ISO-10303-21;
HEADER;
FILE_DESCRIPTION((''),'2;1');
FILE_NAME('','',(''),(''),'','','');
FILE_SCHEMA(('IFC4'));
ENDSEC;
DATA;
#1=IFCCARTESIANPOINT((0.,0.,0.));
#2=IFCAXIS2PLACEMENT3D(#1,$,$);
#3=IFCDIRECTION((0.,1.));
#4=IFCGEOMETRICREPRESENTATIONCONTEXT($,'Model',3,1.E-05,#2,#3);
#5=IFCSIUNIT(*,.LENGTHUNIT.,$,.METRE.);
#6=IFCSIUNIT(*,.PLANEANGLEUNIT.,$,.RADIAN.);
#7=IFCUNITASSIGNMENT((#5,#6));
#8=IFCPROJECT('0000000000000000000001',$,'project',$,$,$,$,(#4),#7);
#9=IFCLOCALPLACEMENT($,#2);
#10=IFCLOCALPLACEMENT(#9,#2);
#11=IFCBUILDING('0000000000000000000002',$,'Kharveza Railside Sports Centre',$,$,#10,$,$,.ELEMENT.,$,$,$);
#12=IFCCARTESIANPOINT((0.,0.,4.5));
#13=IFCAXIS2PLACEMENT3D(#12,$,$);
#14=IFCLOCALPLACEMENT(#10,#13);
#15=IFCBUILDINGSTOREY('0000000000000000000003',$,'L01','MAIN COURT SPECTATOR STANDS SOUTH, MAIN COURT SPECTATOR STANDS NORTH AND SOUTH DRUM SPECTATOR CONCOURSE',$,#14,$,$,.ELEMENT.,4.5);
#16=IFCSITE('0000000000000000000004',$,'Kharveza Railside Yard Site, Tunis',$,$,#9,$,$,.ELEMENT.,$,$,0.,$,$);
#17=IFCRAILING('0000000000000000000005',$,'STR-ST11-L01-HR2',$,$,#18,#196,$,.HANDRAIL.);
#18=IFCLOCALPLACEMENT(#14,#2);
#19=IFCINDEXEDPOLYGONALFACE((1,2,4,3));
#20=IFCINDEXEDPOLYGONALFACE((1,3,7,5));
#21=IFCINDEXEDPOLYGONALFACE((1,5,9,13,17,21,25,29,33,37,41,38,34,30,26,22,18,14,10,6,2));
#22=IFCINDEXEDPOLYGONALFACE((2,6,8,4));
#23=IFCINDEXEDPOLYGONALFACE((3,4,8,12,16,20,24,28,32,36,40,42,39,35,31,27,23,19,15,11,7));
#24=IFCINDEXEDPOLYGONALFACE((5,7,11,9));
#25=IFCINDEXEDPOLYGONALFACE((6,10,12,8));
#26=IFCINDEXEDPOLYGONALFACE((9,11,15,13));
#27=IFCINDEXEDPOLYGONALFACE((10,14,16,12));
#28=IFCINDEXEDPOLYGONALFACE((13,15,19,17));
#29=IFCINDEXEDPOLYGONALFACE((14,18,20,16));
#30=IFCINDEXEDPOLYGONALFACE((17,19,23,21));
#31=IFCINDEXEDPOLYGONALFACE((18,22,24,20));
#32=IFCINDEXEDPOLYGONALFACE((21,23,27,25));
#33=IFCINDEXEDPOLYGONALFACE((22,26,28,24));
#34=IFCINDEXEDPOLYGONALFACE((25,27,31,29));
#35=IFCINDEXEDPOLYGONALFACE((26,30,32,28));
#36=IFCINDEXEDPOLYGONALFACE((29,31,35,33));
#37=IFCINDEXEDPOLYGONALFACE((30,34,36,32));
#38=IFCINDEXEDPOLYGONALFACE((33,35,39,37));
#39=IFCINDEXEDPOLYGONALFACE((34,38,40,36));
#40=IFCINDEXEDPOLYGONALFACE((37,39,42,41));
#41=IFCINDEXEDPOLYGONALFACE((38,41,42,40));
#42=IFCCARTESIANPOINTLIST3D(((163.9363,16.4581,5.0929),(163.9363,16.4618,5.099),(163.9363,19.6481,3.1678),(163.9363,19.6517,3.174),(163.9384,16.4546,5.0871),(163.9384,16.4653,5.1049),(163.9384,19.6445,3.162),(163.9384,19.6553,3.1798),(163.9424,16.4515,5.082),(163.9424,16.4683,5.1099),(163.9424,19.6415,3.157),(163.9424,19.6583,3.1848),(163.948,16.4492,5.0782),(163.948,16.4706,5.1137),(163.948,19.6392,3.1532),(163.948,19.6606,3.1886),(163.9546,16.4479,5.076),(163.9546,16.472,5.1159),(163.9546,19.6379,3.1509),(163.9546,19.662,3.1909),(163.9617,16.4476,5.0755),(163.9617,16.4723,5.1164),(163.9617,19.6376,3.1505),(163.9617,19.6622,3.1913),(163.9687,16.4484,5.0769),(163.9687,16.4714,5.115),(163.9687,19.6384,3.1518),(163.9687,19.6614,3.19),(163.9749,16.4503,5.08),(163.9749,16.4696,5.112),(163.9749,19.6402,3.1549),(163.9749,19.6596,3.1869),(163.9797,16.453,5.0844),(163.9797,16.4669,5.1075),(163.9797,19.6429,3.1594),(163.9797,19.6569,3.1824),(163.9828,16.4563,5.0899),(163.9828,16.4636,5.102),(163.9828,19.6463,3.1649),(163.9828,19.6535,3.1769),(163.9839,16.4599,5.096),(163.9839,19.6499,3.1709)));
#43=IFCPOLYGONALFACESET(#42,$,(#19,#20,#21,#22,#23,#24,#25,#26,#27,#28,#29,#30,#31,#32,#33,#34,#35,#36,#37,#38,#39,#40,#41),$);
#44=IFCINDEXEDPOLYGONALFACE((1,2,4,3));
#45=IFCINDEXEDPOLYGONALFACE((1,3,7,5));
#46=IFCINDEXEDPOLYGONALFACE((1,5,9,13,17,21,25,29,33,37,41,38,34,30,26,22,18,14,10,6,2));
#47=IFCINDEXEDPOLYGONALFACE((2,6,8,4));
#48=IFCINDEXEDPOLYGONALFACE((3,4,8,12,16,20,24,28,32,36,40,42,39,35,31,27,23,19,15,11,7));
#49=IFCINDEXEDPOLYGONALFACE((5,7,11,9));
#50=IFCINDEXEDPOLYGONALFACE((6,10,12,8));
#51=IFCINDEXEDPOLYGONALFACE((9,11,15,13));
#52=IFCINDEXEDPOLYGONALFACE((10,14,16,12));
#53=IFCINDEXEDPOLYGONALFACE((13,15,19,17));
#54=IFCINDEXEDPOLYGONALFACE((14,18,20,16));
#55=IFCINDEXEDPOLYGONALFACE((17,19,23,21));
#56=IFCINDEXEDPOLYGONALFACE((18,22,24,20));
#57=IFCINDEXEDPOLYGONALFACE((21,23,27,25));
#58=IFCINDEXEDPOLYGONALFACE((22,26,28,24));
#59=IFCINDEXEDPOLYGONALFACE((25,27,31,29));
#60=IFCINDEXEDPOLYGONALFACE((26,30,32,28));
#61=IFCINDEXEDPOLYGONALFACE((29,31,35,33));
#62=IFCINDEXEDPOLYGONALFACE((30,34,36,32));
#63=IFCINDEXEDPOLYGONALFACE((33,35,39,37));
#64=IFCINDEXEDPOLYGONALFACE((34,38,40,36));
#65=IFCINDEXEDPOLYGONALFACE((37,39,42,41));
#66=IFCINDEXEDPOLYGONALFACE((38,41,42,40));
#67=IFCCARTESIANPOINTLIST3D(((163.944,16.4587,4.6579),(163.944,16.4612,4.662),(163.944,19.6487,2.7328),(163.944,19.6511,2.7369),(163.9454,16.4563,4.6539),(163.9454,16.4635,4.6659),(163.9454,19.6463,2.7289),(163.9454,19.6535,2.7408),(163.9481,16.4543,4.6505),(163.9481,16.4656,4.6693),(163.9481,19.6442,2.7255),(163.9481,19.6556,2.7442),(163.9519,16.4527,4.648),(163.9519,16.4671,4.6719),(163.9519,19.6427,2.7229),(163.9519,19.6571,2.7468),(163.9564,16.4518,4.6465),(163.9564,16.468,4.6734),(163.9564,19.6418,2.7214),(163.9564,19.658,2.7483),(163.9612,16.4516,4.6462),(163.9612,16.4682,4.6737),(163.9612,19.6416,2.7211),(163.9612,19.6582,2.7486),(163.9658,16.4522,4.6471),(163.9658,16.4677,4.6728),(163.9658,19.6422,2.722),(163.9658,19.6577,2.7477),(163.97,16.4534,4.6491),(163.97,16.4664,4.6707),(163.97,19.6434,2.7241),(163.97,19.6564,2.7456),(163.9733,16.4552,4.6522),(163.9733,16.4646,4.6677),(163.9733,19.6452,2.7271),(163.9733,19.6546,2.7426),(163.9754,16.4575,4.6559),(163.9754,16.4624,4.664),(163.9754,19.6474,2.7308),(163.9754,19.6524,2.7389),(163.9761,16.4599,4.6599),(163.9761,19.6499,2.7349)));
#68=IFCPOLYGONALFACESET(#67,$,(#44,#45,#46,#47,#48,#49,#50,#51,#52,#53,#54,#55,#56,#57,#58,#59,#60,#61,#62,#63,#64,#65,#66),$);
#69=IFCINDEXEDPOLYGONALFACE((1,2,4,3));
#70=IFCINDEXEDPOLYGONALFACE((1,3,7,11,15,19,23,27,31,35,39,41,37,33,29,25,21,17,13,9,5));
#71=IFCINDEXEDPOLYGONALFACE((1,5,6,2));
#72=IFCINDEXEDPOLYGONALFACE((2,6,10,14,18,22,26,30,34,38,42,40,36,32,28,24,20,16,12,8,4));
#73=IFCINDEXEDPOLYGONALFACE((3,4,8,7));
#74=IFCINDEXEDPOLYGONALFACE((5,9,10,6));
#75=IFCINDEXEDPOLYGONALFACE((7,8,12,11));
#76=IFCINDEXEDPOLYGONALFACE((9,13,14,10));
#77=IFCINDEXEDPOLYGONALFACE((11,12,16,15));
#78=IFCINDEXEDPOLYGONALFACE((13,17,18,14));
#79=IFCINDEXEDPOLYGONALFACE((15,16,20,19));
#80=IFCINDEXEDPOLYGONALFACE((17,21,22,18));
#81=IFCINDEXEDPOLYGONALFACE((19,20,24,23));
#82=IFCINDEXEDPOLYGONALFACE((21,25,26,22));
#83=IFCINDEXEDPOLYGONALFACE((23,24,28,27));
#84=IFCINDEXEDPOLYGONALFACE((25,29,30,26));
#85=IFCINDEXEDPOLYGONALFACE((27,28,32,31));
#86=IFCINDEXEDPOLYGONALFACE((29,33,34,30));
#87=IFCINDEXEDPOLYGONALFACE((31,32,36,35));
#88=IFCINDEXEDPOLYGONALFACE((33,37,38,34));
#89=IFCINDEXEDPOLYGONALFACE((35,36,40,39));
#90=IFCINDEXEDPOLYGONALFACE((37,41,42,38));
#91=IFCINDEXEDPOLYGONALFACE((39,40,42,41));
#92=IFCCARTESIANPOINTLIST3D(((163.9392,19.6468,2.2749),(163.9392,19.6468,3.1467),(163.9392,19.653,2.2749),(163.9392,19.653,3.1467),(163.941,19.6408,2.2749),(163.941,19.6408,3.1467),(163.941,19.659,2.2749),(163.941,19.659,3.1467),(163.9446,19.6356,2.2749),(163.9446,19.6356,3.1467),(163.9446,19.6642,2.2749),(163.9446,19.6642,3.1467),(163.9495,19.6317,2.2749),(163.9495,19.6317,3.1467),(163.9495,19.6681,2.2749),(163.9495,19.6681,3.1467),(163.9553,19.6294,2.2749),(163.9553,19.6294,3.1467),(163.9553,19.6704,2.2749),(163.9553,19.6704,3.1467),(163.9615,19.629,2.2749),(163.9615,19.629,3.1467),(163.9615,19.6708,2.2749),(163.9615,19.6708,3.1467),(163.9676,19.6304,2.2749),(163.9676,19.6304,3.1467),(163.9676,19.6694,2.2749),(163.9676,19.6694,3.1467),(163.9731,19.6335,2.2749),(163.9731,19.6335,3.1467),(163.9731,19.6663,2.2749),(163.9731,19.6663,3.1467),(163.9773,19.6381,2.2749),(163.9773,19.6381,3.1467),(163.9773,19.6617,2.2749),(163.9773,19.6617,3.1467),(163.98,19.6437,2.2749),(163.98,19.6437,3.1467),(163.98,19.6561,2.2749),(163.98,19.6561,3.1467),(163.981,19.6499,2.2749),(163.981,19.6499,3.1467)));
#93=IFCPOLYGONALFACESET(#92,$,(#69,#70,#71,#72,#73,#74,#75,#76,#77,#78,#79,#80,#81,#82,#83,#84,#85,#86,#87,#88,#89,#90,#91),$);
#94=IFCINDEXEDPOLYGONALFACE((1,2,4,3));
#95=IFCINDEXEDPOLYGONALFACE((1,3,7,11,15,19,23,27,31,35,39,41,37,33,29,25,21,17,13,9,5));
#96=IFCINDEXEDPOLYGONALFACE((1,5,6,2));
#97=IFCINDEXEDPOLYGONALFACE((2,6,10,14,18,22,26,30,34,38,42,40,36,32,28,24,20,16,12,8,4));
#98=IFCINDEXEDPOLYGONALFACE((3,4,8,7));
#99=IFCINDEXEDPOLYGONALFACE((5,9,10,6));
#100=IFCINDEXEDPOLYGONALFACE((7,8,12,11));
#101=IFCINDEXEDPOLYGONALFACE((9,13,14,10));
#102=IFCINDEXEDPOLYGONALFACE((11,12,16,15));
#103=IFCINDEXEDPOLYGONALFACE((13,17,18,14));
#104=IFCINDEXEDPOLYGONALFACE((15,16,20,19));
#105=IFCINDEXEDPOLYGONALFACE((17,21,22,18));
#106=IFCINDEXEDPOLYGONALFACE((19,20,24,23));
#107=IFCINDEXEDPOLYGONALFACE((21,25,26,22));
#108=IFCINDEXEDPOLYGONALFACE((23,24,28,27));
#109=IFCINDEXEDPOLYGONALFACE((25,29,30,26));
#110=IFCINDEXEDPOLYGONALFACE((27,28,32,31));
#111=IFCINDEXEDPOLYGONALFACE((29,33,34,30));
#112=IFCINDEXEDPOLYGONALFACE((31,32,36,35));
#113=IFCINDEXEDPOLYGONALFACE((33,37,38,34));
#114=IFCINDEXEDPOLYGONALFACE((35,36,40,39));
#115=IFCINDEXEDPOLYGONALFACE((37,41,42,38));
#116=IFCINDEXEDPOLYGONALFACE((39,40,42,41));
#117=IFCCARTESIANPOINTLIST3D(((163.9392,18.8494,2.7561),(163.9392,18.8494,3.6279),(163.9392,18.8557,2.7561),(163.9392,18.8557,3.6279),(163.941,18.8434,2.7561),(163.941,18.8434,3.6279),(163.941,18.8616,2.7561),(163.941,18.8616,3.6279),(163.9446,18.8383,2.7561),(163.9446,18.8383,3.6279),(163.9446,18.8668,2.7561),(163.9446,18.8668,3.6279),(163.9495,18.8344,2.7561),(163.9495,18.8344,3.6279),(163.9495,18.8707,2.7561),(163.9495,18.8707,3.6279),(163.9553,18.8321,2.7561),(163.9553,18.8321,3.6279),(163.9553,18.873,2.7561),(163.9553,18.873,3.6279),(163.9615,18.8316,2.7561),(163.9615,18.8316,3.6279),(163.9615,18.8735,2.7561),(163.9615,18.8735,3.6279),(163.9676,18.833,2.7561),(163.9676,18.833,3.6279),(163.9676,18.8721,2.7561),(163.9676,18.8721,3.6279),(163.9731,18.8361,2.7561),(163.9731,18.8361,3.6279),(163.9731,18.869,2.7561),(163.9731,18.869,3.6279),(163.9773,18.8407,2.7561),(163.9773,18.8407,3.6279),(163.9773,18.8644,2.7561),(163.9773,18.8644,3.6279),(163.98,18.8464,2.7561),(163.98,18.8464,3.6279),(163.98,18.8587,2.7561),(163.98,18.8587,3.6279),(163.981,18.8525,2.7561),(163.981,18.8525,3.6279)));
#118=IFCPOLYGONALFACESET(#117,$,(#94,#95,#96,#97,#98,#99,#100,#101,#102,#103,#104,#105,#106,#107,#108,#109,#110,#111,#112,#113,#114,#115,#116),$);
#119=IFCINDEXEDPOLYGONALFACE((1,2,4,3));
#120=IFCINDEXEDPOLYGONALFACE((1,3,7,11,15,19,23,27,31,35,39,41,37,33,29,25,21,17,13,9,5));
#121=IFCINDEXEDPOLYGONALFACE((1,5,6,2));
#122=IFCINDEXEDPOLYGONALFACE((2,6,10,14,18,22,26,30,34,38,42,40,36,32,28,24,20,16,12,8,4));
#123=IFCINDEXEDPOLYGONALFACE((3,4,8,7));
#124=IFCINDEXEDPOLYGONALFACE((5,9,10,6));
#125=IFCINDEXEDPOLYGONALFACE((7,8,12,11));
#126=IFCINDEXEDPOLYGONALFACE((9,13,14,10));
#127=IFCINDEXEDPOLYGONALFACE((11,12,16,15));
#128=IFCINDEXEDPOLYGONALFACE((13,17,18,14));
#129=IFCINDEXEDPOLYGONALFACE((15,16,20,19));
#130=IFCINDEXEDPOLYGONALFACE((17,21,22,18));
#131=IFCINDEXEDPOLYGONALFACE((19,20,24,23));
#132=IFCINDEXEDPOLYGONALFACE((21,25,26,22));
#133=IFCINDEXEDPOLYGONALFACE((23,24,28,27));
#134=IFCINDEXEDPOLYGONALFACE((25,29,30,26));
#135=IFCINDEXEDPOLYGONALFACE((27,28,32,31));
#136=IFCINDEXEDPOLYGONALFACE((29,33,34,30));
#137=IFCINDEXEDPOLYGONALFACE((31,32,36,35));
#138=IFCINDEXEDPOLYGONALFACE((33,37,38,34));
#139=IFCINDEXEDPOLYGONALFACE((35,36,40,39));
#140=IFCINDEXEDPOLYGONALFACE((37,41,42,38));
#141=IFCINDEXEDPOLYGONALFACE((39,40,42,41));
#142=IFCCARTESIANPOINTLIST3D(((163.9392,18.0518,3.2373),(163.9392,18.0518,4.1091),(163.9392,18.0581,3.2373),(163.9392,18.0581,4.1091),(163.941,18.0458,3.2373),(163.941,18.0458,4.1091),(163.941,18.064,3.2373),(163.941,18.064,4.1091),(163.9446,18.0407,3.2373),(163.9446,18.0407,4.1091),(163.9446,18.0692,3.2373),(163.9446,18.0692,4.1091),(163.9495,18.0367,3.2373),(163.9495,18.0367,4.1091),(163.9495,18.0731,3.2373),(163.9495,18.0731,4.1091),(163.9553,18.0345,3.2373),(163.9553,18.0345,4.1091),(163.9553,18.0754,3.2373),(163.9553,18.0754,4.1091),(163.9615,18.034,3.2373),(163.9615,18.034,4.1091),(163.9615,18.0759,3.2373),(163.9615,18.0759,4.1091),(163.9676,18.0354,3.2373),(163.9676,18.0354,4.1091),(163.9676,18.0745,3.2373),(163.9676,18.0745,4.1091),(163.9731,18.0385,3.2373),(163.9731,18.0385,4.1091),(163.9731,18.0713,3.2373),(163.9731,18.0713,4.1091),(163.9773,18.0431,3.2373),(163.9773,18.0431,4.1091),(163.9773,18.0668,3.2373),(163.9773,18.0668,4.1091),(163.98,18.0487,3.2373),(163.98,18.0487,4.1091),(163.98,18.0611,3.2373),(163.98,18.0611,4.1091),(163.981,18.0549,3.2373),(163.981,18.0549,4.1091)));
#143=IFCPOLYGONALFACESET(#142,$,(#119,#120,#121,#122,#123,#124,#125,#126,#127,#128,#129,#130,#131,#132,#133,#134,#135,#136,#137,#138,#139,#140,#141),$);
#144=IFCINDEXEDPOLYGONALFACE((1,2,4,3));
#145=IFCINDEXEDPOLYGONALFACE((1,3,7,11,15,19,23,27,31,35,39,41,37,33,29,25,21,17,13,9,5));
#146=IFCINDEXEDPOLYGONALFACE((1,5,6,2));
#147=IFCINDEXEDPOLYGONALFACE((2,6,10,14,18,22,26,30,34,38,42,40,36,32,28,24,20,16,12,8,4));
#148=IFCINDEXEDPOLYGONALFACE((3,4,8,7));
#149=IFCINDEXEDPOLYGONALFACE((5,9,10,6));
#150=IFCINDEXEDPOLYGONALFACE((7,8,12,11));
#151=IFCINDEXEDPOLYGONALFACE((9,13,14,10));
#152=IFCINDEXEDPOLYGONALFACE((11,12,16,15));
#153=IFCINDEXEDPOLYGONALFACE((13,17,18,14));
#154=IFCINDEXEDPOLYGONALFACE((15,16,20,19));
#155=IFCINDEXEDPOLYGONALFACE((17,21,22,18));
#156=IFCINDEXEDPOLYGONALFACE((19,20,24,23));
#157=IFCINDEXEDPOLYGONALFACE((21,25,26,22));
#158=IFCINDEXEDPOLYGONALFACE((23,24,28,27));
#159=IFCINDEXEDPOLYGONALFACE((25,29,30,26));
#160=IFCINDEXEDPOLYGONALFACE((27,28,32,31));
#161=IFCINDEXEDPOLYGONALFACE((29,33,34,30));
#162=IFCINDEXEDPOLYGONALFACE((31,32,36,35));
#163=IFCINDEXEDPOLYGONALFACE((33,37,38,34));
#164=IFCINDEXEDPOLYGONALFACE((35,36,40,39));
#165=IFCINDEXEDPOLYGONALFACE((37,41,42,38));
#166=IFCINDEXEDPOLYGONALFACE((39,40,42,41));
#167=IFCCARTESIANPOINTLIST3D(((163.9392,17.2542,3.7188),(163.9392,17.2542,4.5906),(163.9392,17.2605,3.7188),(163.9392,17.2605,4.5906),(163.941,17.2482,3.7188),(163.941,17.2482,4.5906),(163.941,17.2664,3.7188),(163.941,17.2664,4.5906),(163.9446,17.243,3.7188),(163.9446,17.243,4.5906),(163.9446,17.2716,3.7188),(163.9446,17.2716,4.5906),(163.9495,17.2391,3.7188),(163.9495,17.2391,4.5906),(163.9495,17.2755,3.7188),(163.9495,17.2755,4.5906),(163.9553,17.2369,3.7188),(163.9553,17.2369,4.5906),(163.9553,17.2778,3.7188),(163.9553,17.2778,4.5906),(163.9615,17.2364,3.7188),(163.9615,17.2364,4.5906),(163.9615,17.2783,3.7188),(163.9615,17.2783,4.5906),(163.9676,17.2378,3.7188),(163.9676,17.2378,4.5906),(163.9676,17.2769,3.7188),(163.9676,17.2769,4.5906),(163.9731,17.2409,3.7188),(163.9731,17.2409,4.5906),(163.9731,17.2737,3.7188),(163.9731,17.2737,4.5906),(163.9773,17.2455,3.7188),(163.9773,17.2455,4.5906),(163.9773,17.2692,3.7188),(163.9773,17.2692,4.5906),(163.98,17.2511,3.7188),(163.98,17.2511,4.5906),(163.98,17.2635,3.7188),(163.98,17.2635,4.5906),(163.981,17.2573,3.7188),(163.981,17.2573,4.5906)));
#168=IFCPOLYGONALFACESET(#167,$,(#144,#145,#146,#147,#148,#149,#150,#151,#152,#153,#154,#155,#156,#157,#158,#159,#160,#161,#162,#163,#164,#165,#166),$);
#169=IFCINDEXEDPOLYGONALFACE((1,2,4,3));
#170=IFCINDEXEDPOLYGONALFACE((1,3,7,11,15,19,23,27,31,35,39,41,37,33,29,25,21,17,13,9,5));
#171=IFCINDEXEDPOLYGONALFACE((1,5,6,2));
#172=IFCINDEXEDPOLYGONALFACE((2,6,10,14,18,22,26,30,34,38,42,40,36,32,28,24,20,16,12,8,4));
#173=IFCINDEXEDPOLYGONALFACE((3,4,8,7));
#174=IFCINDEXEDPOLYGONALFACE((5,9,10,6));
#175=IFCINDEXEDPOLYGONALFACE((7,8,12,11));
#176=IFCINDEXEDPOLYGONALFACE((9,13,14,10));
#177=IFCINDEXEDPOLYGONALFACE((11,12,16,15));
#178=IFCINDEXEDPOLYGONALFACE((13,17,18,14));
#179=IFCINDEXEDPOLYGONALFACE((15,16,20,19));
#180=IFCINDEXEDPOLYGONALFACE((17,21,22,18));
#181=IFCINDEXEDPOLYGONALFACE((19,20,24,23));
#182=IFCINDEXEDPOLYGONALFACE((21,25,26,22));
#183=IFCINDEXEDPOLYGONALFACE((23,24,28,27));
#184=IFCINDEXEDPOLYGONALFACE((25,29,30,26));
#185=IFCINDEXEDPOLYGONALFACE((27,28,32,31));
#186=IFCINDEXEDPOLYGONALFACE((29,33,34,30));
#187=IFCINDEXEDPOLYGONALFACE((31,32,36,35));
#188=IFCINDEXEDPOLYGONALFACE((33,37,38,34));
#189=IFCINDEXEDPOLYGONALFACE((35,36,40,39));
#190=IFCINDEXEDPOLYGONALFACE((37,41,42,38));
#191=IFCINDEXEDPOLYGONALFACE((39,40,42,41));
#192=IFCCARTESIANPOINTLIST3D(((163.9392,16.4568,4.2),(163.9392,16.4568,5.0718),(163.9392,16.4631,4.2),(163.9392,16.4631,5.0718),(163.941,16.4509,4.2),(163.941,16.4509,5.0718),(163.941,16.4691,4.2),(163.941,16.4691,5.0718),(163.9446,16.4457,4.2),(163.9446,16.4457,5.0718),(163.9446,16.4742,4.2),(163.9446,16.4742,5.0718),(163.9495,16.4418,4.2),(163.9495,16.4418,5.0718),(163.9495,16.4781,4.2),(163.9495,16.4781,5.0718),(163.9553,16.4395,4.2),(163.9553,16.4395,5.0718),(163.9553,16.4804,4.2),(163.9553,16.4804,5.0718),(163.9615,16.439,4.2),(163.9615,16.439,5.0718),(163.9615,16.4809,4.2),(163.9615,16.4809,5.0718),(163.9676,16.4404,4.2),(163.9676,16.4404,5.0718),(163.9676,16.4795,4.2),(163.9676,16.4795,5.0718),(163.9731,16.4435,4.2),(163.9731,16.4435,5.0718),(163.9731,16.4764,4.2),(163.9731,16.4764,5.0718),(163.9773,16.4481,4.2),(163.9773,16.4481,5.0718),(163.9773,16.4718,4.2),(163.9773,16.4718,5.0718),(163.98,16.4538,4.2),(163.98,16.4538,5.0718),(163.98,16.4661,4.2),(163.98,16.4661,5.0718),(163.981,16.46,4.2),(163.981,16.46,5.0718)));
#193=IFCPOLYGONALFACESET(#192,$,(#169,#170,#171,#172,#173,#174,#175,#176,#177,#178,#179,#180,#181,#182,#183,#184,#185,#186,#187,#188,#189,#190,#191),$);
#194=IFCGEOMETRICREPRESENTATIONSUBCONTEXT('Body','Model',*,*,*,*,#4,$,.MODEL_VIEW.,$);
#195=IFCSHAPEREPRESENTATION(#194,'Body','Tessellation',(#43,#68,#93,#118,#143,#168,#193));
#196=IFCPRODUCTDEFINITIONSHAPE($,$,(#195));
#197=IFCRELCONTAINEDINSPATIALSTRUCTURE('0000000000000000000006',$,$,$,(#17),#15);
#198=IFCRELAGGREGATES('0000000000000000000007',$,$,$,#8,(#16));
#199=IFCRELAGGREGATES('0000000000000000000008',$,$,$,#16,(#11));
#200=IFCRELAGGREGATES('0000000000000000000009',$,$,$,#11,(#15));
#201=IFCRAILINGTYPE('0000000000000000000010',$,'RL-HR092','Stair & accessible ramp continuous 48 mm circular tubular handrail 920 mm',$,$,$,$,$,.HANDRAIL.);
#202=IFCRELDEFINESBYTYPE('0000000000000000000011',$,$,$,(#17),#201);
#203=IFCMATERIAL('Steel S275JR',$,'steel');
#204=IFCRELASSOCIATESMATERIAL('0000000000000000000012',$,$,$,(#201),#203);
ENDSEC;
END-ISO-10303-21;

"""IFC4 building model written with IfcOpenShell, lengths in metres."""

from ifc_helpers import new_model, si_unit, direction, frame, origin, origin_2d, place, context, subcontext, project, spatial, circle, extrude, material, type_object, element, save


model = new_model("IFC4")

# Units and contexts
model_context = context("Model", 3, precision=1e-05, world=origin(), true_north=direction((0.0, 1.0)))
body_context = subcontext(model_context, "Body", "Model", "MODEL_VIEW")
ifc_project = project(units=[si_unit("LENGTHUNIT", "METRE"), si_unit("PLANEANGLEUNIT", "RADIAN")], contexts=[model_context])

# Site, building, storey
site_placement = place(None, origin())
site = spatial("IfcSite", under=ifc_project, at=site_placement, Name="Kharveza Railside Yard Site, Tunis", CompositionType="ELEMENT", RefElevation=0.0)
building_placement = place(site_placement, origin())
building = spatial("IfcBuilding", under=site, at=building_placement, Name="Kharveza Railside Sports Centre", CompositionType="ELEMENT")
storey_placement = place(building_placement, frame((0.0, 0.0, 4.5)))
storey = spatial("IfcBuildingStorey", under=building, at=storey_placement, Name="L01", Description="MAIN COURT SPECTATOR STANDS SOUTH, MAIN COURT SPECTATOR STANDS NORTH AND SOUTH DRUM SPECTATOR CONCOURSE", CompositionType="ELEMENT", Elevation=4.5)

# Railing
ifc_material_1 = material(Name="Steel S275JR", Category="steel")
railing_type_1 = type_object("IfcRailingType", Name="RL-HR092", Description="Stair & accessible ramp continuous 48 mm circular tubular handrail 920 mm", PredefinedType="HANDRAIL", material=ifc_material_1)
railing_1_placement = place(storey_placement, frame((163.96, 19.6499, 2.2749)))
element("IfcRailing", 1, at=railing_1_placement, inside=storey, type_object=railing_type_1, Name="STR-ST11-L01-HR2", PredefinedType="HANDRAIL", context=body_context, shape_type="SweptSolid", body=[
    extrude(circle(Radius=0.0239, at=origin_2d()), frame((0.0, 0.0, 0.896), z_axis=(0.0, -0.856178, 0.516682), x_axis=(1.0, 0.0, 0.0)), (0.0, 0.0, 1.0), 3.7258),
    extrude(circle(Radius=0.0161, at=origin_2d()), frame((0.0, 0.0, 0.46), z_axis=(0.0, -0.856178, 0.516682), x_axis=(1.0, 0.0, 0.0)), (0.0, 0.0, 1.0), 3.7258),
    extrude(circle(Radius=0.021, at=origin_2d()), origin(), (0.0, 0.0, 1.0), 0.8718),
    extrude(circle(Radius=0.021, at=origin_2d()), frame((0.0, -0.7974, 0.4812)), (0.0, 0.0, 1.0), 0.8718),
    extrude(circle(Radius=0.021, at=origin_2d()), frame((0.0, -1.595, 0.9624)), (0.0, 0.0, 1.0), 0.8718),
    extrude(circle(Radius=0.021, at=origin_2d()), frame((0.0, -2.3926, 1.4438)), (0.0, 0.0, 1.0), 0.8718),
    extrude(circle(Radius=0.021, at=origin_2d()), frame((0.0, -3.1899, 1.925)), (0.0, 0.0, 1.0), 0.8718),
])

save(model, "model.ifc")
